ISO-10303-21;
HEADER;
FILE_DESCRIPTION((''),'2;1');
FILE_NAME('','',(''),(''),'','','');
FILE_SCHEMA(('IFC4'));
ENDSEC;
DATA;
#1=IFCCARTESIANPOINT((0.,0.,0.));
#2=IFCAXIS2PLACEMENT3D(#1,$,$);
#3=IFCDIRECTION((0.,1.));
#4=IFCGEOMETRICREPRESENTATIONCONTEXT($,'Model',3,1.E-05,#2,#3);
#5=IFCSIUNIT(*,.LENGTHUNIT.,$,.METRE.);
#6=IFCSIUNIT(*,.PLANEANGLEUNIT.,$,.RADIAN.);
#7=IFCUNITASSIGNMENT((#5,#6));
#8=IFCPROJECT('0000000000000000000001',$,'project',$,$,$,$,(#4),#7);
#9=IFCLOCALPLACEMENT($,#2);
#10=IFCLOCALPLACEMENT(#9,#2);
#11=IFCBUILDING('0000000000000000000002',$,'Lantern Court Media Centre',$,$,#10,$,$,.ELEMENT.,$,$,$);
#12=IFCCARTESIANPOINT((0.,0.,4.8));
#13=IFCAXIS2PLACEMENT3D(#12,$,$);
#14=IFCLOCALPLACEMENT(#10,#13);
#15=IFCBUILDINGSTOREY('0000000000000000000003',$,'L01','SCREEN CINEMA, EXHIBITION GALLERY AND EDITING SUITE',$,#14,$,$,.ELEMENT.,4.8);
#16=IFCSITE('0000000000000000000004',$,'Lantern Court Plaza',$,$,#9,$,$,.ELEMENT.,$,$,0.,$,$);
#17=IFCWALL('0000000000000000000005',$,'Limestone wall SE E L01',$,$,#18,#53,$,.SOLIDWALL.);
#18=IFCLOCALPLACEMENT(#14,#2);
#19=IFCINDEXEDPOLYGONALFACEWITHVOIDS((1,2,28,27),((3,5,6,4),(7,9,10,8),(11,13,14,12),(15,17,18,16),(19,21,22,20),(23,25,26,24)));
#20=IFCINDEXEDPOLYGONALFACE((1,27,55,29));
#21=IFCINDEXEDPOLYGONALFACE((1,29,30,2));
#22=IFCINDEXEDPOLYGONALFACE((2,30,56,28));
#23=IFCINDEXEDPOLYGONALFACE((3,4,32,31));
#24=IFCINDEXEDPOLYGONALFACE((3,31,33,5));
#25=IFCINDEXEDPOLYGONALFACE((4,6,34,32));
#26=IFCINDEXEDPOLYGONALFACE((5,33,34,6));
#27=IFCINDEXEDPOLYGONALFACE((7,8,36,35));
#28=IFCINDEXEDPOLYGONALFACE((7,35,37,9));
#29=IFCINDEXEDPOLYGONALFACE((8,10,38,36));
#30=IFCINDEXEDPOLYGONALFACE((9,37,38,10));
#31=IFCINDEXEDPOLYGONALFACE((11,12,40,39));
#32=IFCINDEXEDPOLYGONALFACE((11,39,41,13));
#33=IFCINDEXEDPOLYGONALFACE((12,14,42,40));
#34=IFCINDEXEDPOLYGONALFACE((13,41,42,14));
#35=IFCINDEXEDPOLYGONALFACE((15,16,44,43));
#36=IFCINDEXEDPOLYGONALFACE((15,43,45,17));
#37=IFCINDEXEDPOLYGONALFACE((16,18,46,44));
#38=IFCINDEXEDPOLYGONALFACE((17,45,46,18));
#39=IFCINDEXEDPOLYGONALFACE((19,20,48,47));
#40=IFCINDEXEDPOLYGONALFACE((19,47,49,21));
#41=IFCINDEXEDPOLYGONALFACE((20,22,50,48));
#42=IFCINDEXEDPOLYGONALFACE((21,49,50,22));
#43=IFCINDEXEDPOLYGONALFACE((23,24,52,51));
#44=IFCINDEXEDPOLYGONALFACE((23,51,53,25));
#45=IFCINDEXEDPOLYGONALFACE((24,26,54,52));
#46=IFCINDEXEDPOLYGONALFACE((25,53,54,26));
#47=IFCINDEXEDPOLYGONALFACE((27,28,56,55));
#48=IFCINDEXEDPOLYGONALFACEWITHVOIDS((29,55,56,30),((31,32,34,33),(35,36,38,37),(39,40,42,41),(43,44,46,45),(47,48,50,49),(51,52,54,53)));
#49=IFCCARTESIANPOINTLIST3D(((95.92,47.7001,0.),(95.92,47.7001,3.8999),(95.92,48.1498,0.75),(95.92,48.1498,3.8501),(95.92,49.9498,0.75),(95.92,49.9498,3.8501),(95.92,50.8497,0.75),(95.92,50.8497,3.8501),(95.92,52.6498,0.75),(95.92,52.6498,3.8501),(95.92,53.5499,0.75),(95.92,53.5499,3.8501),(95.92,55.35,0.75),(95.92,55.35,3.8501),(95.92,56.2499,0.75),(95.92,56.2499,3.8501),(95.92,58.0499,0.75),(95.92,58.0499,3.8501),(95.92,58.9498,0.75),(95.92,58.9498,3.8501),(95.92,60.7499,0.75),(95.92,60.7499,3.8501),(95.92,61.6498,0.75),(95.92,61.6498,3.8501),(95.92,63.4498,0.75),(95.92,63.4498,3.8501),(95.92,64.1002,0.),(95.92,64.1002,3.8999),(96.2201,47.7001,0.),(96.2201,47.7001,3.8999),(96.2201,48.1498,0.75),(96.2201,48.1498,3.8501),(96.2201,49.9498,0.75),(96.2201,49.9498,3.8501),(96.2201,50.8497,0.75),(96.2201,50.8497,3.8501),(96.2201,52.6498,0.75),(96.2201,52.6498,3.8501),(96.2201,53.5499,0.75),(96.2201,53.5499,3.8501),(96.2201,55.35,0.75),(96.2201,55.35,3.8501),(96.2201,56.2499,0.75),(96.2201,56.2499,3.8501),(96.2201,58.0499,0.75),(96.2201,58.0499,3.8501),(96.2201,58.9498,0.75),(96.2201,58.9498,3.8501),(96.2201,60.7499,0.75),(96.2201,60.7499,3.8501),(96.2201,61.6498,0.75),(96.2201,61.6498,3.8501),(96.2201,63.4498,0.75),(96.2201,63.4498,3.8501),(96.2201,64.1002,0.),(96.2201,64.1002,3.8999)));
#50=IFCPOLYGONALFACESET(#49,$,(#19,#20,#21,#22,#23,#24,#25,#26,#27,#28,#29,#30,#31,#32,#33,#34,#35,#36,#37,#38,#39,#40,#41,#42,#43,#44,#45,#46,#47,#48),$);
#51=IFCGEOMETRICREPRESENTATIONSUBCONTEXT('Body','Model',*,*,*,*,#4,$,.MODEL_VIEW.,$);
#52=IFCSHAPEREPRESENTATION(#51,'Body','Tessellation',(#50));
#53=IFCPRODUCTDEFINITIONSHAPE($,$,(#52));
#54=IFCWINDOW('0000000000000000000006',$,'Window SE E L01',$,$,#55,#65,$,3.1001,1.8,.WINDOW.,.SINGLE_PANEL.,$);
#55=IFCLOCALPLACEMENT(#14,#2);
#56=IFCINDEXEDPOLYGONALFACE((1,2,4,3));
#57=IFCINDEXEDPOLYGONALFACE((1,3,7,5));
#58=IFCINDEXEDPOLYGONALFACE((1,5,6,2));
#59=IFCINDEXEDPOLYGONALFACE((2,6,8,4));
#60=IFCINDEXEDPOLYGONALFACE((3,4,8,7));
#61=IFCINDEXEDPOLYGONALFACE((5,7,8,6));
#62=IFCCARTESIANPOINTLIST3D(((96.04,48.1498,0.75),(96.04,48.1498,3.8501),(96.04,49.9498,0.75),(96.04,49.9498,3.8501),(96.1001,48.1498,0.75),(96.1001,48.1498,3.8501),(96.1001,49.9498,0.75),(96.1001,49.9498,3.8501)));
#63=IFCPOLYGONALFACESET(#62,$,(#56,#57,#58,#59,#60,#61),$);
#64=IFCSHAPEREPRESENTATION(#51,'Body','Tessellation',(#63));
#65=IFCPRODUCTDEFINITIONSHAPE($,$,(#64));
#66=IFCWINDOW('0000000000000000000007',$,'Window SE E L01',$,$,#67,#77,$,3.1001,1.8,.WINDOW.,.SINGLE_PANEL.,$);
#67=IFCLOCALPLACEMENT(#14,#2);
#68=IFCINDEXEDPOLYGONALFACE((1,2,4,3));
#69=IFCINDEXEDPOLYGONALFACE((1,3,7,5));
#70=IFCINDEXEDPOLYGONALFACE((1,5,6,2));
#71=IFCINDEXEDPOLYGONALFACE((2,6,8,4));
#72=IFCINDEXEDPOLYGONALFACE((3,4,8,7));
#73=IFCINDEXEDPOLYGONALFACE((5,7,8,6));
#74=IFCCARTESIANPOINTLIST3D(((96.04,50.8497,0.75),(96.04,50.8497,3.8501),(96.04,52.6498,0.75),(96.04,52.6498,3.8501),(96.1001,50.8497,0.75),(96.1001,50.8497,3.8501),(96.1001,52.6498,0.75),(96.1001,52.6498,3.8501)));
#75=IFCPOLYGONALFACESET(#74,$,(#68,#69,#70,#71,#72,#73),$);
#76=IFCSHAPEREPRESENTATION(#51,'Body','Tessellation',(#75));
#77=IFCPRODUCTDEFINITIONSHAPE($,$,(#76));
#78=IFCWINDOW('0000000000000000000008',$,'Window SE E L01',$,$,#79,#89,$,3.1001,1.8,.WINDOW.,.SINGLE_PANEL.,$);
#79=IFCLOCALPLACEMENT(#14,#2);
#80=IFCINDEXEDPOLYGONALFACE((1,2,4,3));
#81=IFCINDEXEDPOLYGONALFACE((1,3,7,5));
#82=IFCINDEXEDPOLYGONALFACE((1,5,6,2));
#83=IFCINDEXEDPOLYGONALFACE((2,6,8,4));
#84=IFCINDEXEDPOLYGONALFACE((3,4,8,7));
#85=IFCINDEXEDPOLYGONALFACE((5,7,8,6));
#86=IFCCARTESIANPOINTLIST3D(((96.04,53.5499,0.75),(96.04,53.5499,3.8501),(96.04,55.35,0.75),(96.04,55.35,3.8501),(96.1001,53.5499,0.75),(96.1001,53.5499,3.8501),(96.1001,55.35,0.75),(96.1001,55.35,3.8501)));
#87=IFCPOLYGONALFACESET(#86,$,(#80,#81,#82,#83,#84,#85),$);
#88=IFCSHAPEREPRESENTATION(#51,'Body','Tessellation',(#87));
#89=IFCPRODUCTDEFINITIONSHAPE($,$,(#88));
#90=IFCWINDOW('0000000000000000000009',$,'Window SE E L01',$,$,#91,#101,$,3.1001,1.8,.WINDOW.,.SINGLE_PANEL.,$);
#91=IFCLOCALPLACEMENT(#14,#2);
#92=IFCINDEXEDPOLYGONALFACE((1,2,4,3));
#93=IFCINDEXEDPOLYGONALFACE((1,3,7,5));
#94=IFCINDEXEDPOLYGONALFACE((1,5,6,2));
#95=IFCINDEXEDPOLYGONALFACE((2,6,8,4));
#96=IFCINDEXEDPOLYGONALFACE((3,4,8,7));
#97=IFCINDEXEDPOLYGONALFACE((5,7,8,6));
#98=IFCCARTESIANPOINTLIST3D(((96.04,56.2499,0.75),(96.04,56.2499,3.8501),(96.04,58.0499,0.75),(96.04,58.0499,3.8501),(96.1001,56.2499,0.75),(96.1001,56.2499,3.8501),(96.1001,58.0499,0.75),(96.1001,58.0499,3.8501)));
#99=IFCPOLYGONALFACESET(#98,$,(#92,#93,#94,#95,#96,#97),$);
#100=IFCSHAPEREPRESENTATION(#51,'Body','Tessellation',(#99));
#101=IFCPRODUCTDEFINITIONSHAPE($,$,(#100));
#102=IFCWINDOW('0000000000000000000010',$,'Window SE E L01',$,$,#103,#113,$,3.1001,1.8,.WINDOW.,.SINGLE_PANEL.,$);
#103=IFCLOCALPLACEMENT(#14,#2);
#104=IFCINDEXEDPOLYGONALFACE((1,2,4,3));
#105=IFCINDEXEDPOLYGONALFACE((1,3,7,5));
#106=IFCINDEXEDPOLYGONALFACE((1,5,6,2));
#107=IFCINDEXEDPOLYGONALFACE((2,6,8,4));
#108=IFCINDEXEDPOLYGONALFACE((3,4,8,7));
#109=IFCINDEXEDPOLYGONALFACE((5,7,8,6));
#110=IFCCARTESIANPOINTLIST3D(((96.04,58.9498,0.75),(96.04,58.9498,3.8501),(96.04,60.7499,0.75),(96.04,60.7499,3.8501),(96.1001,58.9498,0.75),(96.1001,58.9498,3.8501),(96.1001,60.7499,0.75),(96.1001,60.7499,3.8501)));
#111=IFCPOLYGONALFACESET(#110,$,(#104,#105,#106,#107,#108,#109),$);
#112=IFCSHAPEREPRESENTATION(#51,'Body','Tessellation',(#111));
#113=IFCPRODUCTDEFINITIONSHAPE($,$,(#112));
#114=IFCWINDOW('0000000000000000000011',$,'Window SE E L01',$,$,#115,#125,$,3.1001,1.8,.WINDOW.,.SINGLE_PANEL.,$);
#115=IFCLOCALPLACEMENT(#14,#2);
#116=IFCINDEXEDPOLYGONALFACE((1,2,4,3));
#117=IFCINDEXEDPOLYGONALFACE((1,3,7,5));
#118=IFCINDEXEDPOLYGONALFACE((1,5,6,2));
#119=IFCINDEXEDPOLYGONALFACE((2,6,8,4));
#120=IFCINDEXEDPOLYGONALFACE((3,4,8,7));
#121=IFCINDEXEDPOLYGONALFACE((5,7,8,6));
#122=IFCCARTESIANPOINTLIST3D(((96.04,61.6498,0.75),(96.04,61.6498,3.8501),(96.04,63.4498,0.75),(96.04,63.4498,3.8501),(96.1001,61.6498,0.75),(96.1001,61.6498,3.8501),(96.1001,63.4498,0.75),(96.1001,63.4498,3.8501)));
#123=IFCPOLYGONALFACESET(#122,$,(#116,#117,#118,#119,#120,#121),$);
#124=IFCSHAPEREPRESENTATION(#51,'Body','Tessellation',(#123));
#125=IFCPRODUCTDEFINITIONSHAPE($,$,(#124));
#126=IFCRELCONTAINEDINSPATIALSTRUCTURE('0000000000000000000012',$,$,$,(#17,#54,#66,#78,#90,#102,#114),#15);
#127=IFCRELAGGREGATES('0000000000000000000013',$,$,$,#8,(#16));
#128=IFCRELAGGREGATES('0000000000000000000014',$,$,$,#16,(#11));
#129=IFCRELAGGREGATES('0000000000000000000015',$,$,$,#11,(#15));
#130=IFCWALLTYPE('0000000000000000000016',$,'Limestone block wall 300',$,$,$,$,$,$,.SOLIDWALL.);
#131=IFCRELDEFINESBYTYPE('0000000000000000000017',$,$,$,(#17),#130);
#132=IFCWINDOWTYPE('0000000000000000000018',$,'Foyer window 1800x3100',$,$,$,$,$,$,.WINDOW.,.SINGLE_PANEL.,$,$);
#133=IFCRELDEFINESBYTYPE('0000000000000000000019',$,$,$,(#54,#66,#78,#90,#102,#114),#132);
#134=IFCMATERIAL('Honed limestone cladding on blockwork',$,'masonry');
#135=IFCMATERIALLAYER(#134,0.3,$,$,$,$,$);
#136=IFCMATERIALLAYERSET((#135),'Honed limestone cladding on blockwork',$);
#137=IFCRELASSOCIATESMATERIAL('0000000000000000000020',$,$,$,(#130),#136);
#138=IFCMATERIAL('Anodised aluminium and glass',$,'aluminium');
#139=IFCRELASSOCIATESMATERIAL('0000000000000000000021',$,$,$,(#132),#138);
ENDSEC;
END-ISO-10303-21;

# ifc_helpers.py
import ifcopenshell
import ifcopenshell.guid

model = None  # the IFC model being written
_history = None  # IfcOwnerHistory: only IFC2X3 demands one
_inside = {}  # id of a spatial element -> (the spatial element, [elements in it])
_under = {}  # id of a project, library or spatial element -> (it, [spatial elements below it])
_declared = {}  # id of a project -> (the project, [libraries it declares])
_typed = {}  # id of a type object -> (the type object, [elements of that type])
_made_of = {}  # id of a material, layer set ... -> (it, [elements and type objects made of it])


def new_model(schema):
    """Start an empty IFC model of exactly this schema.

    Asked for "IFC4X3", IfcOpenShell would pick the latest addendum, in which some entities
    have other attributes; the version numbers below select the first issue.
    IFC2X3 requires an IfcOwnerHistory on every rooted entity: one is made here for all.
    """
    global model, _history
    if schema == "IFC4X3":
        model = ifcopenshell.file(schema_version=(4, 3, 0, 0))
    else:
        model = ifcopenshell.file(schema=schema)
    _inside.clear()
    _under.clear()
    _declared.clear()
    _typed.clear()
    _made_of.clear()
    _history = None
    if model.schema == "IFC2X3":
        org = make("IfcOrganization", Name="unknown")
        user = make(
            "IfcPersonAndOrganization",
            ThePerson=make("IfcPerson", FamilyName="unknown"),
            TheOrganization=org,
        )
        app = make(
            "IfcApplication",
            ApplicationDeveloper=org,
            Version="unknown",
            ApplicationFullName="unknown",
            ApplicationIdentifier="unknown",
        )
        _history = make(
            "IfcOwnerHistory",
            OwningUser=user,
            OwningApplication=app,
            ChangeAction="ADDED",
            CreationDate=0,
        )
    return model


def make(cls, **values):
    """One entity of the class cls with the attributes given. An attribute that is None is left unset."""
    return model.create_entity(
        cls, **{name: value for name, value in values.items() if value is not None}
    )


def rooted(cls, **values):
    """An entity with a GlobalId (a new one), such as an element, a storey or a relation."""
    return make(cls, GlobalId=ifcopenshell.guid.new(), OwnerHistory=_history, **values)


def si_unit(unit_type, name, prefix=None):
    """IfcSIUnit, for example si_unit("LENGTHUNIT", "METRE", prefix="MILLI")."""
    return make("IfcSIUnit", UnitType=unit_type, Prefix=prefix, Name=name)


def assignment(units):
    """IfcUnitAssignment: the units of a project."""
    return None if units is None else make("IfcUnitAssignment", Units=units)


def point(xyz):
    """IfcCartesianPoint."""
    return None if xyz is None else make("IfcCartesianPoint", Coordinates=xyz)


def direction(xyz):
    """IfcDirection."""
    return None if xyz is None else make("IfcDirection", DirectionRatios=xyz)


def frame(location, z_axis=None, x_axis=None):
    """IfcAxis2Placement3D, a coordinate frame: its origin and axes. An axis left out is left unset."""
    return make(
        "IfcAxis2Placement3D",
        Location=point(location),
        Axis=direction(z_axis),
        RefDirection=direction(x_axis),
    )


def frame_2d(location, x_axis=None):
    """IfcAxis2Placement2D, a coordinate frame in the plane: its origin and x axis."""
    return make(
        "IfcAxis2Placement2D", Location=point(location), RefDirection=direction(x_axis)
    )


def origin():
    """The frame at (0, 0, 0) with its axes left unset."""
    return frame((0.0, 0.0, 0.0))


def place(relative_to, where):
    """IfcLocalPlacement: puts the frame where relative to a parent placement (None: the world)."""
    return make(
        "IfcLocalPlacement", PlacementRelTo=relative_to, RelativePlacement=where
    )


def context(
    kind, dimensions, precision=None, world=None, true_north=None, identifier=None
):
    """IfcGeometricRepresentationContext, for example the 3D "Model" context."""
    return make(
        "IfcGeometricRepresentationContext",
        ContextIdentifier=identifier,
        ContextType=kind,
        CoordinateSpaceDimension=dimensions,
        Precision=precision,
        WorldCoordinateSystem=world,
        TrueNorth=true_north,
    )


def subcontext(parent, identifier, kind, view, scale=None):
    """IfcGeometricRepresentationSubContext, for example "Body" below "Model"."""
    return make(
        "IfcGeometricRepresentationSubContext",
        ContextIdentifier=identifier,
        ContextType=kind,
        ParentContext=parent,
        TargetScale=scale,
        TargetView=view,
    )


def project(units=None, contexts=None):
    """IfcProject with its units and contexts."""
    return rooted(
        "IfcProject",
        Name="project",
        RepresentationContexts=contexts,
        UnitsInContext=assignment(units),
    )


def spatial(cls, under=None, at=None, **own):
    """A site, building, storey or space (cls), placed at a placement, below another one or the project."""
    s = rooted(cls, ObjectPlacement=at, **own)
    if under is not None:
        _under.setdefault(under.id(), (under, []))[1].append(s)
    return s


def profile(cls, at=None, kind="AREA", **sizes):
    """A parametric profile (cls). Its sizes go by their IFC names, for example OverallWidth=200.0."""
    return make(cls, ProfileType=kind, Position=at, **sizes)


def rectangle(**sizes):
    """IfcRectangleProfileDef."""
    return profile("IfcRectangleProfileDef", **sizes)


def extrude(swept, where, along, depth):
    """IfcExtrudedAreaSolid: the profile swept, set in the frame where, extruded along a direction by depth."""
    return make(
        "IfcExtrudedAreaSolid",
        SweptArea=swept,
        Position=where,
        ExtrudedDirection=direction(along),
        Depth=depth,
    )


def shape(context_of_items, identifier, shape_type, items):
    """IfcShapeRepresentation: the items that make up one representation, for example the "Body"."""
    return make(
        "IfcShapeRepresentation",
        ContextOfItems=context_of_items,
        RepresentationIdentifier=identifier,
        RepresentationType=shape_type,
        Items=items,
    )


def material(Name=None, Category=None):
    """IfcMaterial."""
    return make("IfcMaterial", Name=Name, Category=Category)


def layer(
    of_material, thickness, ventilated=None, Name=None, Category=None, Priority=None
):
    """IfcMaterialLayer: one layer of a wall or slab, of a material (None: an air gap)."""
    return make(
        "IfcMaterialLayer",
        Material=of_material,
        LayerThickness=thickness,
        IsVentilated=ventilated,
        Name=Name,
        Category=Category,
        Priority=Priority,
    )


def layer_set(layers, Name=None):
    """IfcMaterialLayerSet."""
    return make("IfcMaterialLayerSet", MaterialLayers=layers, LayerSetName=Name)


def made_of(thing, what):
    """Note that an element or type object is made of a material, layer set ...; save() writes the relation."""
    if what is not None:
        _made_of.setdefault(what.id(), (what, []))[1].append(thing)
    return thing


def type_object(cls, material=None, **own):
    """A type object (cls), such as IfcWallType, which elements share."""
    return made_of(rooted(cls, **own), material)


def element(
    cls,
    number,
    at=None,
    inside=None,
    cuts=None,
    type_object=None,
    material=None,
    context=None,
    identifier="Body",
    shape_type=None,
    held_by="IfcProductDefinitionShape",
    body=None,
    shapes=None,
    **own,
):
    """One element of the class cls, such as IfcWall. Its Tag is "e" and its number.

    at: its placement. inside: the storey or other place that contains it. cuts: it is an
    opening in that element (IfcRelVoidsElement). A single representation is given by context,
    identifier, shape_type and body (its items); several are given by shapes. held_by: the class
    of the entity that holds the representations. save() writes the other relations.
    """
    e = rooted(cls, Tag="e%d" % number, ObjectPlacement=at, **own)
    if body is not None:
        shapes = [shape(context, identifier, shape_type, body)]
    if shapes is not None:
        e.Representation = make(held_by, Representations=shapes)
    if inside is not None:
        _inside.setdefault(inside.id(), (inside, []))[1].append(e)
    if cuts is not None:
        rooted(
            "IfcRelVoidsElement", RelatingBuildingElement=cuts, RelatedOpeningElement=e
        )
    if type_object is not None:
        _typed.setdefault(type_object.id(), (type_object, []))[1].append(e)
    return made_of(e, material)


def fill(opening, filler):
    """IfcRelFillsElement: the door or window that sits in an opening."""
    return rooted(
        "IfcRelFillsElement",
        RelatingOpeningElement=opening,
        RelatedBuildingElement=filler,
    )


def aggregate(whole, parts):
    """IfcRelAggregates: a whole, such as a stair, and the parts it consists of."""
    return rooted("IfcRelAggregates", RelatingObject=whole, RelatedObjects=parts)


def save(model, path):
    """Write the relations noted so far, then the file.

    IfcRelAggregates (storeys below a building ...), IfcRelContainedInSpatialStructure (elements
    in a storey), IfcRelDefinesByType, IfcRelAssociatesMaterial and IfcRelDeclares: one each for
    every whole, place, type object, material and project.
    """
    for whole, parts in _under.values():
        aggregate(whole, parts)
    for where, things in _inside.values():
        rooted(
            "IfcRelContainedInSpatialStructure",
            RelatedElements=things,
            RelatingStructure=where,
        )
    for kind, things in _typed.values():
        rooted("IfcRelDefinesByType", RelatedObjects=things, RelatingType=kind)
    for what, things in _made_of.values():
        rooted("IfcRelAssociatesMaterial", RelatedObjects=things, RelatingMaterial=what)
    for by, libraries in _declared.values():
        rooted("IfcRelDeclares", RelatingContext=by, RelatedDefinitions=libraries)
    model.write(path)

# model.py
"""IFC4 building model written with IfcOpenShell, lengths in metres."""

from ifc_helpers import new_model, si_unit, direction, frame, frame_2d, origin, place, context, subcontext, project, spatial, rectangle, extrude, material, layer, layer_set, type_object, element, fill, save


model = new_model("IFC4")

# Units and contexts
model_context = context("Model", 3, precision=1e-05, world=origin(), true_north=direction((0.0, 1.0)))
body_context = subcontext(model_context, "Body", "Model", "MODEL_VIEW")
ifc_project = project(units=[si_unit("LENGTHUNIT", "METRE"), si_unit("PLANEANGLEUNIT", "RADIAN")], contexts=[model_context])

# Site, building, storey
site_placement = place(None, origin())
site = spatial("IfcSite", under=ifc_project, at=site_placement, Name="Lantern Court Plaza", CompositionType="ELEMENT", RefElevation=0.0)
building_placement = place(site_placement, origin())
building = spatial("IfcBuilding", under=site, at=building_placement, Name="Lantern Court Media Centre", CompositionType="ELEMENT")
storey_placement = place(building_placement, frame((0.0, 0.0, 4.8)))
storey = spatial("IfcBuildingStorey", under=building, at=storey_placement, Name="L01", Description="SCREEN CINEMA, EXHIBITION GALLERY AND EDITING SUITE", CompositionType="ELEMENT", Elevation=4.8)

# Wall, openings, windows
ifc_material_1 = material(Name="Honed limestone cladding on blockwork", Category="masonry")
ifc_layer_1 = layer(ifc_material_1, 0.3)
ifc_layer_set_1 = layer_set([ifc_layer_1], Name="Honed limestone cladding on blockwork")
wall_type_1 = type_object("IfcWallType", Name="Limestone block wall 300", PredefinedType="SOLIDWALL", material=ifc_layer_set_1)
wall_1_placement = place(storey_placement, frame((96.0701, 47.7, 0.0), z_axis=(0.0, 0.0, 1.0), x_axis=(0.0, 1.0, 0.0)))
wall_1 = element("IfcWall", 1, at=wall_1_placement, inside=storey, type_object=wall_type_1, Name="Limestone wall SE E L01", PredefinedType="SOLIDWALL", context=body_context, shape_type="SweptSolid", body=[
    extrude(rectangle(XDim=16.4001, YDim=0.3, at=frame_2d((8.2002, 0.0))), origin(), (0.0, 0.0, 1.0), 3.8999),
])
opening_1_placement = place(wall_1_placement, frame((0.45, 0.0, 0.75)))
opening_1 = element("IfcOpeningElement", 2, at=opening_1_placement, cuts=wall_1, PredefinedType="OPENING", context=body_context, shape_type="SweptSolid", body=[
    extrude(rectangle(XDim=1.8, YDim=3.1001, at=frame_2d((0.8999, 1.55))), frame((0.0, 0.1599, 0.0), z_axis=(0.0, -1.0, 0.0), x_axis=(1.0, 0.0, 0.0)), (0.0, 0.0, 1.0), 0.3201),
])
opening_2_placement = place(wall_1_placement, frame((3.1499, 0.0, 0.75)))
opening_2 = element("IfcOpeningElement", 3, at=opening_2_placement, cuts=wall_1, PredefinedType="OPENING", context=body_context, shape_type="SweptSolid", body=[
    extrude(rectangle(XDim=1.8, YDim=3.1001, at=frame_2d((0.8999, 1.55))), frame((0.0, 0.1599, 0.0), z_axis=(0.0, -1.0, 0.0), x_axis=(1.0, 0.0, 0.0)), (0.0, 0.0, 1.0), 0.3201),
])
opening_3_placement = place(wall_1_placement, frame((5.8501, 0.0, 0.75)))
opening_3 = element("IfcOpeningElement", 4, at=opening_3_placement, cuts=wall_1, PredefinedType="OPENING", context=body_context, shape_type="SweptSolid", body=[
    extrude(rectangle(XDim=1.8, YDim=3.1001, at=frame_2d((0.8999, 1.55))), frame((0.0, 0.1599, 0.0), z_axis=(0.0, -1.0, 0.0), x_axis=(1.0, 0.0, 0.0)), (0.0, 0.0, 1.0), 0.3201),
])
opening_4_placement = place(wall_1_placement, frame((8.55, 0.0, 0.75)))
opening_4 = element("IfcOpeningElement", 5, at=opening_4_placement, cuts=wall_1, PredefinedType="OPENING", context=body_context, shape_type="SweptSolid", body=[
    extrude(rectangle(XDim=1.8, YDim=3.1001, at=frame_2d((0.8999, 1.55))), frame((0.0, 0.1599, 0.0), z_axis=(0.0, -1.0, 0.0), x_axis=(1.0, 0.0, 0.0)), (0.0, 0.0, 1.0), 0.3201),
])
opening_5_placement = place(wall_1_placement, frame((11.25, 0.0, 0.75)))
opening_5 = element("IfcOpeningElement", 6, at=opening_5_placement, cuts=wall_1, PredefinedType="OPENING", context=body_context, shape_type="SweptSolid", body=[
    extrude(rectangle(XDim=1.8, YDim=3.1001, at=frame_2d((0.8999, 1.55))), frame((0.0, 0.1599, 0.0), z_axis=(0.0, -1.0, 0.0), x_axis=(1.0, 0.0, 0.0)), (0.0, 0.0, 1.0), 0.3201),
])
opening_6_placement = place(wall_1_placement, frame((13.95, 0.0, 0.75)))
opening_6 = element("IfcOpeningElement", 7, at=opening_6_placement, cuts=wall_1, PredefinedType="OPENING", context=body_context, shape_type="SweptSolid", body=[
    extrude(rectangle(XDim=1.8, YDim=3.1001, at=frame_2d((0.8999, 1.55))), frame((0.0, 0.1599, 0.0), z_axis=(0.0, -1.0, 0.0), x_axis=(1.0, 0.0, 0.0)), (0.0, 0.0, 1.0), 0.3201),
])
ifc_material_2 = material(Name="Anodised aluminium and glass", Category="aluminium")
window_type = type_object("IfcWindowType", Name="Foyer window 1800x3100", PartitioningType="SINGLE_PANEL", PredefinedType="WINDOW", material=ifc_material_2)
window_1_placement = place(opening_1_placement, origin())
window_1 = element("IfcWindow", 8, at=window_1_placement, inside=storey, type_object=window_type, Name="Window SE E L01", OverallHeight=3.1001, OverallWidth=1.8, PartitioningType="SINGLE_PANEL", PredefinedType="WINDOW", context=body_context, shape_type="SweptSolid", body=[
    extrude(rectangle(XDim=1.8, YDim=3.1001, at=frame_2d((0.8999, 1.55))), frame((0.0, 0.03, 0.0), z_axis=(0.0, -1.0, 0.0), x_axis=(1.0, 0.0, 0.0)), (0.0, 0.0, 1.0), 0.0601),
])
fill(opening_1, window_1)
window_2_placement = place(opening_2_placement, origin())
window_2 = element("IfcWindow", 9, at=window_2_placement, inside=storey, type_object=window_type, Name="Window SE E L01", OverallHeight=3.1001, OverallWidth=1.8, PartitioningType="SINGLE_PANEL", PredefinedType="WINDOW", context=body_context, shape_type="SweptSolid", body=[
    extrude(rectangle(XDim=1.8, YDim=3.1001, at=frame_2d((0.8999, 1.55))), frame((0.0, 0.03, 0.0), z_axis=(0.0, -1.0, 0.0), x_axis=(1.0, 0.0, 0.0)), (0.0, 0.0, 1.0), 0.0601),
])
fill(opening_2, window_2)
window_3_placement = place(opening_3_placement, origin())
window_3 = element("IfcWindow", 10, at=window_3_placement, inside=storey, type_object=window_type, Name="Window SE E L01", OverallHeight=3.1001, OverallWidth=1.8, PartitioningType="SINGLE_PANEL", PredefinedType="WINDOW", context=body_context, shape_type="SweptSolid", body=[
    extrude(rectangle(XDim=1.8, YDim=3.1001, at=frame_2d((0.8999, 1.55))), frame((0.0, 0.03, 0.0), z_axis=(0.0, -1.0, 0.0), x_axis=(1.0, 0.0, 0.0)), (0.0, 0.0, 1.0), 0.0601),
])
fill(opening_3, window_3)
window_4_placement = place(opening_4_placement, origin())
window_4 = element("IfcWindow", 11, at=window_4_placement, inside=storey, type_object=window_type, Name="Window SE E L01", OverallHeight=3.1001, OverallWidth=1.8, PartitioningType="SINGLE_PANEL", PredefinedType="WINDOW", context=body_context, shape_type="SweptSolid", body=[
    extrude(rectangle(XDim=1.8, YDim=3.1001, at=frame_2d((0.8999, 1.55))), frame((0.0, 0.03, 0.0), z_axis=(0.0, -1.0, 0.0), x_axis=(1.0, 0.0, 0.0)), (0.0, 0.0, 1.0), 0.0601),
])
fill(opening_4, window_4)
window_5_placement = place(opening_5_placement, origin())
window_5 = element("IfcWindow", 12, at=window_5_placement, inside=storey, type_object=window_type, Name="Window SE E L01", OverallHeight=3.1001, OverallWidth=1.8, PartitioningType="SINGLE_PANEL", PredefinedType="WINDOW", context=body_context, shape_type="SweptSolid", body=[
    extrude(rectangle(XDim=1.8, YDim=3.1001, at=frame_2d((0.8999, 1.55))), frame((0.0, 0.03, 0.0), z_axis=(0.0, -1.0, 0.0), x_axis=(1.0, 0.0, 0.0)), (0.0, 0.0, 1.0), 0.0601),
])
fill(opening_5, window_5)
window_6_placement = place(opening_6_placement, origin())
window_6 = element("IfcWindow", 13, at=window_6_placement, inside=storey, type_object=window_type, Name="Window SE E L01", OverallHeight=3.1001, OverallWidth=1.8, PartitioningType="SINGLE_PANEL", PredefinedType="WINDOW", context=body_context, shape_type="SweptSolid", body=[
    extrude(rectangle(XDim=1.8, YDim=3.1001, at=frame_2d((0.8999, 1.55))), frame((0.0, 0.03, 0.0), z_axis=(0.0, -1.0, 0.0), x_axis=(1.0, 0.0, 0.0)), (0.0, 0.0, 1.0), 0.0601),
])
fill(opening_6, window_6)

save(model, "model.ifc")
